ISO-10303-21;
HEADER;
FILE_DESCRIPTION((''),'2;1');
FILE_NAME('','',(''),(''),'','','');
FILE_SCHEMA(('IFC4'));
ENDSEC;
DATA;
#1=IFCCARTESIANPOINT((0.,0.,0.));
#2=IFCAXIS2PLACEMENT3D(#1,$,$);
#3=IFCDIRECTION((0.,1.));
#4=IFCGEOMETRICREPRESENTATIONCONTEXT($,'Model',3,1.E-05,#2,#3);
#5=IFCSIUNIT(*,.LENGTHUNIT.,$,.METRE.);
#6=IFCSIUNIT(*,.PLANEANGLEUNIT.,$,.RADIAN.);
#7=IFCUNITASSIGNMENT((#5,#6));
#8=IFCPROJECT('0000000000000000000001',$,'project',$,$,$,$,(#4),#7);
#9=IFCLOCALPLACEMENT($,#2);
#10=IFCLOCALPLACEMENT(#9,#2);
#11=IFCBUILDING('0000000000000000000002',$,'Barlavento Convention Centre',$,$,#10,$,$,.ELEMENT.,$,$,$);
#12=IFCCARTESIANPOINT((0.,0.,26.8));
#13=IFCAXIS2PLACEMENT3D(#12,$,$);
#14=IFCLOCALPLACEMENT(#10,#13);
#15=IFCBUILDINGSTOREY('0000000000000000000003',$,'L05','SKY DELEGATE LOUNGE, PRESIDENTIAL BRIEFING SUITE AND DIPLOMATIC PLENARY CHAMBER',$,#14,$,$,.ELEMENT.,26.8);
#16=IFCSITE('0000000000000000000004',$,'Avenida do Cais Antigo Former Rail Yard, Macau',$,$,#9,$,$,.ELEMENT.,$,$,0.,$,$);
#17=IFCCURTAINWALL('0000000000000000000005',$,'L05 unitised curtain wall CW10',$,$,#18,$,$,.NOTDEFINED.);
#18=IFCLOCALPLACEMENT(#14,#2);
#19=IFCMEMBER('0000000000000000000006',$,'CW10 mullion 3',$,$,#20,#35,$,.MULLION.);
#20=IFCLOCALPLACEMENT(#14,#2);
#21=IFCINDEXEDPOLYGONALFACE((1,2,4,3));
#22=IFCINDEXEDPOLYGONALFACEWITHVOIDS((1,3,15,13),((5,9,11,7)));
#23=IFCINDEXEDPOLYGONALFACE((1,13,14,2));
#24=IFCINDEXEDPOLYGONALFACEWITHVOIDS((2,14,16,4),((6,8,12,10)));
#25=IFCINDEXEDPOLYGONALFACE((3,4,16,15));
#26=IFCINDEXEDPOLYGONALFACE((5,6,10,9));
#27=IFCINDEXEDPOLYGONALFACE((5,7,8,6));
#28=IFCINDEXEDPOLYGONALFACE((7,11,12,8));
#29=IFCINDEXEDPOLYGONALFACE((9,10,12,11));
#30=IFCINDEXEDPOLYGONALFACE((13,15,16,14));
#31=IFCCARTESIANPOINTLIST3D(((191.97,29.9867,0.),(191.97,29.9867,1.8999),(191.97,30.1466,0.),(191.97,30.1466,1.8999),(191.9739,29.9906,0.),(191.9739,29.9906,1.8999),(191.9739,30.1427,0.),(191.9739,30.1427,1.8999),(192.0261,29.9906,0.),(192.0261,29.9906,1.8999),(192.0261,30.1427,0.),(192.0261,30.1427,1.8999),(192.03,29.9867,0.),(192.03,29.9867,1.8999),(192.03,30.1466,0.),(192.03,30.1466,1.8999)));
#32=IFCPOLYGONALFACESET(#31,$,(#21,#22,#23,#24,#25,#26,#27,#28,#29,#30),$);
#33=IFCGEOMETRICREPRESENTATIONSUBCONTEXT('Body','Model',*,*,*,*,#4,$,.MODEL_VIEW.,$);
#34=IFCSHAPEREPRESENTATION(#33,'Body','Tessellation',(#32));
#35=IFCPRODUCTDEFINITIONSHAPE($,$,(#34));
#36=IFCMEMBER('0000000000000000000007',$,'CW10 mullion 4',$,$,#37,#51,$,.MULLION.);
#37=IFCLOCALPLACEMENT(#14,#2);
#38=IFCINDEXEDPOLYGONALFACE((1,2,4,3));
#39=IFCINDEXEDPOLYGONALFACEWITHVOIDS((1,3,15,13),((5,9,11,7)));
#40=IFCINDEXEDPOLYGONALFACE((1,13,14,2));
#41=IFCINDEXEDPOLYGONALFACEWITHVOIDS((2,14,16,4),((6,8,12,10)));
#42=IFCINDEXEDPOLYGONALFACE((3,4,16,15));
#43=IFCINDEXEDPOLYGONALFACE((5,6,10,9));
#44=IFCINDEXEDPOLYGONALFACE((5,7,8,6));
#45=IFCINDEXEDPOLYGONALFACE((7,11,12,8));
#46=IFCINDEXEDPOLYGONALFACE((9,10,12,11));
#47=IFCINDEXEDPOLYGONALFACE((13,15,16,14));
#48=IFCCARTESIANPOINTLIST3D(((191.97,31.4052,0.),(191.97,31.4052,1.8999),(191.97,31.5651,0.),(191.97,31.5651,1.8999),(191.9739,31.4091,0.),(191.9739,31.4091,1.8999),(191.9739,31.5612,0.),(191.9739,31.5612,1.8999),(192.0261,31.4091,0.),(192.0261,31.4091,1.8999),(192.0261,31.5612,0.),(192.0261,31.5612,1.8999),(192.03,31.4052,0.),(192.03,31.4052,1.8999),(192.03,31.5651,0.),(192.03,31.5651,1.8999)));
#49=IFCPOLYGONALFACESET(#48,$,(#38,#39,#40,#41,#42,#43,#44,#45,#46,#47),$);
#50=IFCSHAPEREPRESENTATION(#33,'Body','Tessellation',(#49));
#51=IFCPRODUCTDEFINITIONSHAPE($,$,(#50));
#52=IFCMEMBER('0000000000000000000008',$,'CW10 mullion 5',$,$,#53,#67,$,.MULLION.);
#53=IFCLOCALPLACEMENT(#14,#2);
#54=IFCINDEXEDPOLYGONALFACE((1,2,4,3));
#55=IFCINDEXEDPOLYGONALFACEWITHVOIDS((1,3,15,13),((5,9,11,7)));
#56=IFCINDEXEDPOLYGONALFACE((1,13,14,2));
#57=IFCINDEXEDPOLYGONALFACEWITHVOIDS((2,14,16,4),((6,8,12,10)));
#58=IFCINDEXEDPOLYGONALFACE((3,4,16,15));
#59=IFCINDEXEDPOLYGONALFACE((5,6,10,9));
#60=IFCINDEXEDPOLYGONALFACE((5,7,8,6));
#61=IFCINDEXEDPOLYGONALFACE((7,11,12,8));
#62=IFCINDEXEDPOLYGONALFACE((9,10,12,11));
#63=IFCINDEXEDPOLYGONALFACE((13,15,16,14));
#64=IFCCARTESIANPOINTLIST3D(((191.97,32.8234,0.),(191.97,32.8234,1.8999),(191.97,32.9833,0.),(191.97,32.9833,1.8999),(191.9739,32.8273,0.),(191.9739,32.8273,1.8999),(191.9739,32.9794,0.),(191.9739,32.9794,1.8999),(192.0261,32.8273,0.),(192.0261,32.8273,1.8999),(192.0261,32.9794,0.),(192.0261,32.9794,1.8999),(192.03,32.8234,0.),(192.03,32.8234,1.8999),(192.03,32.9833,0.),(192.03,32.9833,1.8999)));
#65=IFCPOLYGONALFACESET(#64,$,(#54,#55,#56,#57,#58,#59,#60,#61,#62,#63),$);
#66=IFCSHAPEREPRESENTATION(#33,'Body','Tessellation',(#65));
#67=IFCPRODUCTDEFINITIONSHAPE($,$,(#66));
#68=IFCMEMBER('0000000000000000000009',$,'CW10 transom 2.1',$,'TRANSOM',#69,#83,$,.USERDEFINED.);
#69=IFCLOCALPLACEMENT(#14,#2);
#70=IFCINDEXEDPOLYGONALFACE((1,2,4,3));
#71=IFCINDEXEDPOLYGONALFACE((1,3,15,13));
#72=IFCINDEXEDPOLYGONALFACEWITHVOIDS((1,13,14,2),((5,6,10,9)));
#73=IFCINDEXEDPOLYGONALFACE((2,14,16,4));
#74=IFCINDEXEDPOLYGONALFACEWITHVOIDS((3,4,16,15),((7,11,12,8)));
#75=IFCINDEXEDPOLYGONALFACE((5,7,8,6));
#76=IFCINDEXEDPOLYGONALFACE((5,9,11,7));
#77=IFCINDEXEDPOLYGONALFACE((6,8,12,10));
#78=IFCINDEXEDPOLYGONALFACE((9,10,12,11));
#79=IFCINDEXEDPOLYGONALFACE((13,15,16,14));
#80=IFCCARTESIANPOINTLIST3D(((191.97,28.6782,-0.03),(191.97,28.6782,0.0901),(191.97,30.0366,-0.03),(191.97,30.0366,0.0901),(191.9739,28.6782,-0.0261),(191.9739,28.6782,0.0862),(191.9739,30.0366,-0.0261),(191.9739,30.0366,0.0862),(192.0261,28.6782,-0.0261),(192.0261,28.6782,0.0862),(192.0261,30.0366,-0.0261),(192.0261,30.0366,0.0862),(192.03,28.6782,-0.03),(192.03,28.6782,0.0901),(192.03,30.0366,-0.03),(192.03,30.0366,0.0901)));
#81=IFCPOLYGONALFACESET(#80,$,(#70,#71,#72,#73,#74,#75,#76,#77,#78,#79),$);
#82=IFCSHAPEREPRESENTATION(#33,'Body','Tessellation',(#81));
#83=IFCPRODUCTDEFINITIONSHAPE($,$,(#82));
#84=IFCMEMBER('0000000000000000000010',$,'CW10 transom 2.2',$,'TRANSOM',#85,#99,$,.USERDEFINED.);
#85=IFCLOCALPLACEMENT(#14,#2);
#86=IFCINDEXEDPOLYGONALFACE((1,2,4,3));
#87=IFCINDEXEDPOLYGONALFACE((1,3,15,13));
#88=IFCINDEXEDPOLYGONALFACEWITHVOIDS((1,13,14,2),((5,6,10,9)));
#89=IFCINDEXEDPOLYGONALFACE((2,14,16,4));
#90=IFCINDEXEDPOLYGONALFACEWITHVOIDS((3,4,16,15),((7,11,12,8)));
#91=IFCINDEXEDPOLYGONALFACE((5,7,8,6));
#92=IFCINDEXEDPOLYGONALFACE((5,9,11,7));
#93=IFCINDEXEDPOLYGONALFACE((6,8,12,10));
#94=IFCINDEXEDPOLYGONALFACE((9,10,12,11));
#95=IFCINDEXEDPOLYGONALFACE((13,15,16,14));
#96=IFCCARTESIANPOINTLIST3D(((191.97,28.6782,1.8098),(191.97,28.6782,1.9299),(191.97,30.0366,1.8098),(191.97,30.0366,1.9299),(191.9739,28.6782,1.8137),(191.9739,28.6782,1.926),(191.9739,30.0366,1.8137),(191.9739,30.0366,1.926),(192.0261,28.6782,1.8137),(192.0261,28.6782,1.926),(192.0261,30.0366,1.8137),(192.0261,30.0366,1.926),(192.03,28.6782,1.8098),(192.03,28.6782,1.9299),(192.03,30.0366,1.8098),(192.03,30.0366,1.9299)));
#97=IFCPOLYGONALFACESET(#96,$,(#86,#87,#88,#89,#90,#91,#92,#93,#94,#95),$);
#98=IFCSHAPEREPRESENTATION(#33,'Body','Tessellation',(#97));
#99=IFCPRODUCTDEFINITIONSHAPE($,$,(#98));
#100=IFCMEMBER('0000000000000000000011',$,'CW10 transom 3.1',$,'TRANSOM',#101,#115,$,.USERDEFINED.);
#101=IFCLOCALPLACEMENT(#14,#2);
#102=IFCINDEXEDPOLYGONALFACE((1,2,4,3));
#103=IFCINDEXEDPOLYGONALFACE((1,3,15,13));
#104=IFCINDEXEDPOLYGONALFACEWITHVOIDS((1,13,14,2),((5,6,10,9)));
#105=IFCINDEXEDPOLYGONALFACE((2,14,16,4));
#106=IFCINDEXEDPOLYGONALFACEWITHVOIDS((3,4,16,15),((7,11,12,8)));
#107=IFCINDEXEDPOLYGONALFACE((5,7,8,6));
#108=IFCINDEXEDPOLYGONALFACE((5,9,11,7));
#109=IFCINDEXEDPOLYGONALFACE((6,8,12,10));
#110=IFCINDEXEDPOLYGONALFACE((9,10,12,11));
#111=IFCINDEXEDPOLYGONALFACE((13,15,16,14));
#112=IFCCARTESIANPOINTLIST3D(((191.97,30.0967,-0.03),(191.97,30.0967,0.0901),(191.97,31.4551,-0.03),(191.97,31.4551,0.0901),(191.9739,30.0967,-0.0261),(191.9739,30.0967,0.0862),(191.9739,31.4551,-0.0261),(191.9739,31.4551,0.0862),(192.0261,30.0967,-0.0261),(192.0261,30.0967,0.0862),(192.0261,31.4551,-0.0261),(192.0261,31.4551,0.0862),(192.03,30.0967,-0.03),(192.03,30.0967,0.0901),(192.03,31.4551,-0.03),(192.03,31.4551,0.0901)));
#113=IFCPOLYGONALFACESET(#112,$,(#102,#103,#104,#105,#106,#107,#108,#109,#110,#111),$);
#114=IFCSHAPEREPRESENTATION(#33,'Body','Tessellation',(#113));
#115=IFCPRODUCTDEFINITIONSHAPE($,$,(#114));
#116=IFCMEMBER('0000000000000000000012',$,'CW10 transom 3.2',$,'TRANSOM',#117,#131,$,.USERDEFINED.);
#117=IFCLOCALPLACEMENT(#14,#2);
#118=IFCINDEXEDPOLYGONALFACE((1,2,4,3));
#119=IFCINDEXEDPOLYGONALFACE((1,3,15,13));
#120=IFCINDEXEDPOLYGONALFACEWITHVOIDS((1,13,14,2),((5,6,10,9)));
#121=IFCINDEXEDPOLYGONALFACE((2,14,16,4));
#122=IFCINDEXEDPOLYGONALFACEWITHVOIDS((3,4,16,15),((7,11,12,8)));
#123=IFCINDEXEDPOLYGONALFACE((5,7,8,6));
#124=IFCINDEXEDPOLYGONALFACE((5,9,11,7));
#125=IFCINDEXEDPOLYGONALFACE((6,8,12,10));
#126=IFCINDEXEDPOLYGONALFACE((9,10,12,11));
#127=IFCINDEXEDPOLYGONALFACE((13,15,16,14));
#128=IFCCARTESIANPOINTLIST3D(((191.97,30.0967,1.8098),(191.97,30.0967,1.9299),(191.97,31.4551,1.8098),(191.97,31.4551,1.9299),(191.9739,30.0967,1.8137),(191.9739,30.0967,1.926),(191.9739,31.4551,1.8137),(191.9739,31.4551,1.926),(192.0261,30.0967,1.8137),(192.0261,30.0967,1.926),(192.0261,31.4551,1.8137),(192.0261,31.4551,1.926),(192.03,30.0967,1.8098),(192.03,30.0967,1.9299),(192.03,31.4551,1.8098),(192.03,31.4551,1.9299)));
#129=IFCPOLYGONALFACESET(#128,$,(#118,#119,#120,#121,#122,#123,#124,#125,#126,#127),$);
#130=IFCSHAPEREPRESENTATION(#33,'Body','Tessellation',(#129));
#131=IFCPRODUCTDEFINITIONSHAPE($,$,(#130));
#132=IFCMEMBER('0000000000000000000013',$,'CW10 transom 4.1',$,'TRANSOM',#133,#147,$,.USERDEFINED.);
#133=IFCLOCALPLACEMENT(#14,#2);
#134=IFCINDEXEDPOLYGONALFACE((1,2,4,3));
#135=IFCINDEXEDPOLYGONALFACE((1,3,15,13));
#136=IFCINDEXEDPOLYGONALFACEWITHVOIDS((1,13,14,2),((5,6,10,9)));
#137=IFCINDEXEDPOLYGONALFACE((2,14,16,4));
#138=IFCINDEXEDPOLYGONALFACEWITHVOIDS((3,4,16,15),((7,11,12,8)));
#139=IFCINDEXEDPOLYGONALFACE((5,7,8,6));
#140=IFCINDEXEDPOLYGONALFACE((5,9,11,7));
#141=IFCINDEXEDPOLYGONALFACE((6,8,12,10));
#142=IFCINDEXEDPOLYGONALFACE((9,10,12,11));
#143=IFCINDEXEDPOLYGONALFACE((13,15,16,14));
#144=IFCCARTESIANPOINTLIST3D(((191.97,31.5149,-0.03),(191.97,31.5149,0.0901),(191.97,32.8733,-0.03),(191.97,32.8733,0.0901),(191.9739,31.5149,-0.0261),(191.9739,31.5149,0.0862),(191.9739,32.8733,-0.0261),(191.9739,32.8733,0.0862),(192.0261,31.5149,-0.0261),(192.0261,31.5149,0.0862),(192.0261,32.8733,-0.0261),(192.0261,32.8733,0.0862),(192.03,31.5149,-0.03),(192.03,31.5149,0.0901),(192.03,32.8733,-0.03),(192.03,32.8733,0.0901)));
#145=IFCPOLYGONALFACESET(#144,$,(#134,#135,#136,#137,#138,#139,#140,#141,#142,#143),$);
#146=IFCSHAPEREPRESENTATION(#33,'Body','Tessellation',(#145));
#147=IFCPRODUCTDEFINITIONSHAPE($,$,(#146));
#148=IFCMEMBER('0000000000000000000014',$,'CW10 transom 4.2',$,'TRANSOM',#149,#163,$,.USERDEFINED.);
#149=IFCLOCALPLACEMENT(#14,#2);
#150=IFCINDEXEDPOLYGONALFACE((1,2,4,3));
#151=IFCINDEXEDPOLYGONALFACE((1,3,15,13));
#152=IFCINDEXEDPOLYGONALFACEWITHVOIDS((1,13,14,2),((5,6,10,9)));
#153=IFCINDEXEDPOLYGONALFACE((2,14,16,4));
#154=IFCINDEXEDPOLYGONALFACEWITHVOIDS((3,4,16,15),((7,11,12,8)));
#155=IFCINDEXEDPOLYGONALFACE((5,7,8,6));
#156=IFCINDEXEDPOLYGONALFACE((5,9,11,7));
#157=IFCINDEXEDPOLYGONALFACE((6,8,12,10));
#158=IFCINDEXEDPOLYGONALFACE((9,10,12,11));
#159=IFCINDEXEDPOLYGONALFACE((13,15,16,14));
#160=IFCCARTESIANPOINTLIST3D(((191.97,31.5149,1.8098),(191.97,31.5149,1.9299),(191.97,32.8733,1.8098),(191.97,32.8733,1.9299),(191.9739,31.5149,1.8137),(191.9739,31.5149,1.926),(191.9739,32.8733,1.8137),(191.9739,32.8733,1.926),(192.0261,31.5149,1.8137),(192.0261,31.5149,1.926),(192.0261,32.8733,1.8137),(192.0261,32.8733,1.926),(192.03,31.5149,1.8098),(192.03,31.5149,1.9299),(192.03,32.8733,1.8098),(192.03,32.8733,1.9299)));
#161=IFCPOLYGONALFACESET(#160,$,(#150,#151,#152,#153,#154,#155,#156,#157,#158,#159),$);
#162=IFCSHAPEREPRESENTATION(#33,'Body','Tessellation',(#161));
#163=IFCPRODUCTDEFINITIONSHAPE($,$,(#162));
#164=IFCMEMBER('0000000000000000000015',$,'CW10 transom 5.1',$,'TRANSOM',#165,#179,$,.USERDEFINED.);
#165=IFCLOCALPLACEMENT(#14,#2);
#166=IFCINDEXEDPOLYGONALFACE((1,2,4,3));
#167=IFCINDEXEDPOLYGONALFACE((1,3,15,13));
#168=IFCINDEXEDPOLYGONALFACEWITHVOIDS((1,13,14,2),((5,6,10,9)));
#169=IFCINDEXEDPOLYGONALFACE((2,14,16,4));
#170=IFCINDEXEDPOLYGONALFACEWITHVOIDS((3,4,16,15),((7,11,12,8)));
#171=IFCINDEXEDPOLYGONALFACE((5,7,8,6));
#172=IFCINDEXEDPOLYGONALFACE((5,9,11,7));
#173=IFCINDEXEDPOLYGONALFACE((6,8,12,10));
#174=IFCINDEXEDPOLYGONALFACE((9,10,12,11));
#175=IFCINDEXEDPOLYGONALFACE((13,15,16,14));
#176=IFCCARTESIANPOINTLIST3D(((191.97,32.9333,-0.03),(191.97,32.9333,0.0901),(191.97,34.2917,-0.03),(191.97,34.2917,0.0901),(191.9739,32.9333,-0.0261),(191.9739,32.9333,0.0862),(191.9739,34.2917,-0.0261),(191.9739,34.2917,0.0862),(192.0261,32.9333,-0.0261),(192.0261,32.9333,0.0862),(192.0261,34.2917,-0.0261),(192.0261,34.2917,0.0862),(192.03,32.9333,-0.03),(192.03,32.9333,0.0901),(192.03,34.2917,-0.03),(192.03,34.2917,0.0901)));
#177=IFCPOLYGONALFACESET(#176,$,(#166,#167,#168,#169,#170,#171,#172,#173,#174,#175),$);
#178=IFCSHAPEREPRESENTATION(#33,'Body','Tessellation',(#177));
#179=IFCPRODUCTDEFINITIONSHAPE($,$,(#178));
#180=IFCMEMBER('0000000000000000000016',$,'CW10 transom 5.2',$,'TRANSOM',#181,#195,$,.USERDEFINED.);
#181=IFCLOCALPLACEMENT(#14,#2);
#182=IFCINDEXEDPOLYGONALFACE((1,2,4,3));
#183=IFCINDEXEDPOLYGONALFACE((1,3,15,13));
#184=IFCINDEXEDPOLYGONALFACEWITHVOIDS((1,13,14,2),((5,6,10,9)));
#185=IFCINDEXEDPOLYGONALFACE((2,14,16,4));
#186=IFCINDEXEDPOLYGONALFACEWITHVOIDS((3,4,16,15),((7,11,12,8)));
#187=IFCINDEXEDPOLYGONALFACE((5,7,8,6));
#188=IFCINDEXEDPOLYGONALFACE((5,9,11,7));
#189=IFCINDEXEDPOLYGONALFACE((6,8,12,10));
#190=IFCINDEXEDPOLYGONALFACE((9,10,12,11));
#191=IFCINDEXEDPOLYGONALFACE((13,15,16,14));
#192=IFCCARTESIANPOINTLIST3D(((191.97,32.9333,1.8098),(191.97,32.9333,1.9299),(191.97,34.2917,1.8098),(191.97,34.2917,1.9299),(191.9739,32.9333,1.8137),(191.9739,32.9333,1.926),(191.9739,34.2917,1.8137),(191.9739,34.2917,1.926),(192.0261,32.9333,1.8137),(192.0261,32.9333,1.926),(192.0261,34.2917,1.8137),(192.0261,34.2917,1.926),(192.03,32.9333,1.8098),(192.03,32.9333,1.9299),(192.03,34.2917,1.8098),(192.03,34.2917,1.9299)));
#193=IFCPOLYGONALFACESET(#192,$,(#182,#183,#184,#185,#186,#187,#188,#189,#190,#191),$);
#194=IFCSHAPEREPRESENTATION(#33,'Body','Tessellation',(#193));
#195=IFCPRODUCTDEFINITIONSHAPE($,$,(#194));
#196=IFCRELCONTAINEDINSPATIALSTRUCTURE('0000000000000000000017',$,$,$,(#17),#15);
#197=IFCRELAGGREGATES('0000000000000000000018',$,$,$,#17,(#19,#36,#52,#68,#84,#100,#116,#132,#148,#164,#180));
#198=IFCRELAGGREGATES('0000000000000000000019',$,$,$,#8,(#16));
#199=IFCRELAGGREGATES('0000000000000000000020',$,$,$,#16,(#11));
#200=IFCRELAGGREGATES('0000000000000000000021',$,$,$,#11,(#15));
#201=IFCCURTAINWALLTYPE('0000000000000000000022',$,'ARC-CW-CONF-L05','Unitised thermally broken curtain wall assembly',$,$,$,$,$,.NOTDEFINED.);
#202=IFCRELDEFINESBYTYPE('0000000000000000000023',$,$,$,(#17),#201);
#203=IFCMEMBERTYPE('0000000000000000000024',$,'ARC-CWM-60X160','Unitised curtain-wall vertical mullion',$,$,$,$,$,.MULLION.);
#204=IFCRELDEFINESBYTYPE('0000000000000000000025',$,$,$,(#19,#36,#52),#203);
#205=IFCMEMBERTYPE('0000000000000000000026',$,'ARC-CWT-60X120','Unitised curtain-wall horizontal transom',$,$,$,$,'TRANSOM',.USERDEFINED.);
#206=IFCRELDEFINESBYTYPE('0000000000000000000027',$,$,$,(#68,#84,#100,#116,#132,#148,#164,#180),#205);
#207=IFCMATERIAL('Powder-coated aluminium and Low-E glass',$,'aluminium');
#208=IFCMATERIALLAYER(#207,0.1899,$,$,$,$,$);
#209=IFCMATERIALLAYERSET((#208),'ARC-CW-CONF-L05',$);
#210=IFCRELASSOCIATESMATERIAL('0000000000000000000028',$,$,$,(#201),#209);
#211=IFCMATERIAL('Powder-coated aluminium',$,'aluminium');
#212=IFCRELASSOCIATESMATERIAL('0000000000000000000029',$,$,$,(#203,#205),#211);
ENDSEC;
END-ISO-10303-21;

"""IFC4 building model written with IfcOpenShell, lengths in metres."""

from ifc_helpers import new_model, si_unit, direction, frame, origin, origin_2d, place, context, subcontext, project, spatial, hollow_rectangle, extrude, material, layer, layer_set, material_profile, profile_set, type_object, element, aggregate, save


model = new_model("IFC4")

# Units and contexts
model_context = context("Model", 3, precision=1e-05, world=origin(), true_north=direction((0.0, 1.0)))
body_context = subcontext(model_context, "Body", "Model", "MODEL_VIEW")
ifc_project = project(units=[si_unit("LENGTHUNIT", "METRE"), si_unit("PLANEANGLEUNIT", "RADIAN")], contexts=[model_context])

# Site, building, storey
site_placement = place(None, origin())
site = spatial("IfcSite", under=ifc_project, at=site_placement, Name="Avenida do Cais Antigo Former Rail Yard, Macau", CompositionType="ELEMENT", RefElevation=0.0)
building_placement = place(site_placement, origin())
building = spatial("IfcBuilding", under=site, at=building_placement, Name="Barlavento Convention Centre", CompositionType="ELEMENT")
storey_placement = place(building_placement, frame((0.0, 0.0, 26.8)))
storey = spatial("IfcBuildingStorey", under=building, at=storey_placement, Name="L05", Description="SKY DELEGATE LOUNGE, PRESIDENTIAL BRIEFING SUITE AND DIPLOMATIC PLENARY CHAMBER", CompositionType="ELEMENT", Elevation=26.8)

# Curtain wall, members
ifc_material_1 = material(Name="Powder-coated aluminium and Low-E glass", Category="aluminium")
ifc_layer_1 = layer(ifc_material_1, 0.1899)
ifc_layer_set_1 = layer_set([ifc_layer_1], Name="ARC-CW-CONF-L05")
curtain_wall_type = type_object("IfcCurtainWallType", Name="ARC-CW-CONF-L05", Description="Unitised thermally broken curtain wall assembly", PredefinedType="NOTDEFINED", material=ifc_layer_set_1)
curtain_wall_placement = place(storey_placement, origin())
curtain_wall = element("IfcCurtainWall", 1, at=curtain_wall_placement, inside=storey, type_object=curtain_wall_type, Name="L05 unitised curtain wall CW10", PredefinedType="NOTDEFINED")
ifc_material_2 = material(Name="Powder-coated aluminium", Category="aluminium")
ifc_material_profile_1 = material_profile(ifc_material_2, hollow_rectangle(XDim=0.0601, YDim=0.1599, WallThickness=0.0039, at=origin_2d()), Name="AL-MULL 60x160x4")
ifc_profile_set_1 = profile_set([ifc_material_profile_1], Name="Powder-coated aluminium")
member_type_1 = type_object("IfcMemberType", Name="ARC-CWM-60X160", Description="Unitised curtain-wall vertical mullion", PredefinedType="MULLION", material=ifc_profile_set_1)
member_1_placement = place(storey_placement, frame((192.0, 30.0667, 0.0), z_axis=(0.0, 0.0, 1.0), x_axis=(-1.0, 0.0, 0.0)))
member_1 = element("IfcMember", 2, at=member_1_placement, type_object=member_type_1, Name="CW10 mullion 3", PredefinedType="MULLION", context=body_context, shape_type="SweptSolid", body=[
    extrude(hollow_rectangle(XDim=0.0601, YDim=0.1599, WallThickness=0.0039, at=origin_2d()), origin(), (0.0, 0.0, 1.0), 1.8999),
])
member_2_placement = place(storey_placement, frame((192.0, 31.4851, 0.0), z_axis=(0.0, 0.0, 1.0), x_axis=(-1.0, 0.0, 0.0)))
member_2 = element("IfcMember", 3, at=member_2_placement, type_object=member_type_1, Name="CW10 mullion 4", PredefinedType="MULLION", context=body_context, shape_type="SweptSolid", body=[
    extrude(hollow_rectangle(XDim=0.0601, YDim=0.1599, WallThickness=0.0039, at=origin_2d()), origin(), (0.0, 0.0, 1.0), 1.8999),
])
member_3_placement = place(storey_placement, frame((192.0, 32.9033, 0.0), z_axis=(0.0, 0.0, 1.0), x_axis=(-1.0, 0.0, 0.0)))
member_3 = element("IfcMember", 4, at=member_3_placement, type_object=member_type_1, Name="CW10 mullion 5", PredefinedType="MULLION", context=body_context, shape_type="SweptSolid", body=[
    extrude(hollow_rectangle(XDim=0.0601, YDim=0.1599, WallThickness=0.0039, at=origin_2d()), origin(), (0.0, 0.0, 1.0), 1.8999),
])
ifc_material_profile_2 = material_profile(ifc_material_2, hollow_rectangle(XDim=0.0601, YDim=0.1201, WallThickness=0.0039, at=origin_2d()), Name="AL-TRAN 60x120x4")
ifc_profile_set_2 = profile_set([ifc_material_profile_2], Name="Powder-coated aluminium")
member_type_2 = type_object("IfcMemberType", Name="ARC-CWT-60X120", Description="Unitised curtain-wall horizontal transom", ElementType="TRANSOM", PredefinedType="USERDEFINED", material=ifc_profile_set_2)
member_4_placement = place(storey_placement, frame((192.0, 28.6782, 0.03), z_axis=(0.0, 1.0, 0.0), x_axis=(-1.0, 0.0, 0.0)))
member_4 = element("IfcMember", 5, at=member_4_placement, type_object=member_type_2, Name="CW10 transom 2.1", ObjectType="TRANSOM", PredefinedType="USERDEFINED", context=body_context, shape_type="SweptSolid", body=[
    extrude(hollow_rectangle(XDim=0.0601, YDim=0.1201, WallThickness=0.0039, at=origin_2d()), origin(), (0.0, 0.0, 1.0), 1.3584),
])
member_5_placement = place(storey_placement, frame((192.0, 28.6782, 1.8699), z_axis=(0.0, 1.0, 0.0), x_axis=(-1.0, 0.0, 0.0)))
member_5 = element("IfcMember", 6, at=member_5_placement, type_object=member_type_2, Name="CW10 transom 2.2", ObjectType="TRANSOM", PredefinedType="USERDEFINED", context=body_context, shape_type="SweptSolid", body=[
    extrude(hollow_rectangle(XDim=0.0601, YDim=0.1201, WallThickness=0.0039, at=origin_2d()), origin(), (0.0, 0.0, 1.0), 1.3584),
])
member_6_placement = place(storey_placement, frame((192.0, 30.0967, 0.03), z_axis=(0.0, 1.0, 0.0), x_axis=(-1.0, 0.0, 0.0)))
member_6 = element("IfcMember", 7, at=member_6_placement, type_object=member_type_2, Name="CW10 transom 3.1", ObjectType="TRANSOM", PredefinedType="USERDEFINED", context=body_context, shape_type="SweptSolid", body=[
    extrude(hollow_rectangle(XDim=0.0601, YDim=0.1201, WallThickness=0.0039, at=origin_2d()), origin(), (0.0, 0.0, 1.0), 1.3584),
])
member_7_placement = place(storey_placement, frame((192.0, 30.0967, 1.8699), z_axis=(0.0, 1.0, 0.0), x_axis=(-1.0, 0.0, 0.0)))
member_7 = element("IfcMember", 8, at=member_7_placement, type_object=member_type_2, Name="CW10 transom 3.2", ObjectType="TRANSOM", PredefinedType="USERDEFINED", context=body_context, shape_type="SweptSolid", body=[
    extrude(hollow_rectangle(XDim=0.0601, YDim=0.1201, WallThickness=0.0039, at=origin_2d()), origin(), (0.0, 0.0, 1.0), 1.3584),
])
member_8_placement = place(storey_placement, frame((192.0, 31.5149, 0.03), z_axis=(0.0, 1.0, 0.0), x_axis=(-1.0, 0.0, 0.0)))
member_8 = element("IfcMember", 9, at=member_8_placement, type_object=member_type_2, Name="CW10 transom 4.1", ObjectType="TRANSOM", PredefinedType="USERDEFINED", context=body_context, shape_type="SweptSolid", body=[
    extrude(hollow_rectangle(XDim=0.0601, YDim=0.1201, WallThickness=0.0039, at=origin_2d()), origin(), (0.0, 0.0, 1.0), 1.3584),
])
member_9_placement = place(storey_placement, frame((192.0, 31.5149, 1.8699), z_axis=(0.0, 1.0, 0.0), x_axis=(-1.0, 0.0, 0.0)))
member_9 = element("IfcMember", 10, at=member_9_placement, type_object=member_type_2, Name="CW10 transom 4.2", ObjectType="TRANSOM", PredefinedType="USERDEFINED", context=body_context, shape_type="SweptSolid", body=[
    extrude(hollow_rectangle(XDim=0.0601, YDim=0.1201, WallThickness=0.0039, at=origin_2d()), origin(), (0.0, 0.0, 1.0), 1.3584),
])
member_10_placement = place(storey_placement, frame((192.0, 32.9333, 0.03), z_axis=(0.0, 1.0, 0.0), x_axis=(-1.0, 0.0, 0.0)))
member_10 = element("IfcMember", 11, at=member_10_placement, type_object=member_type_2, Name="CW10 transom 5.1", ObjectType="TRANSOM", PredefinedType="USERDEFINED", context=body_context, shape_type="SweptSolid", body=[
    extrude(hollow_rectangle(XDim=0.0601, YDim=0.1201, WallThickness=0.0039, at=origin_2d()), origin(), (0.0, 0.0, 1.0), 1.3584),
])
member_11_placement = place(storey_placement, frame((192.0, 32.9333, 1.8699), z_axis=(0.0, 1.0, 0.0), x_axis=(-1.0, 0.0, 0.0)))
member_11 = element("IfcMember", 12, at=member_11_placement, type_object=member_type_2, Name="CW10 transom 5.2", ObjectType="TRANSOM", PredefinedType="USERDEFINED", context=body_context, shape_type="SweptSolid", body=[
    extrude(hollow_rectangle(XDim=0.0601, YDim=0.1201, WallThickness=0.0039, at=origin_2d()), origin(), (0.0, 0.0, 1.0), 1.3584),
])
aggregate(curtain_wall, [member_1, member_2, member_3, member_4, member_5, member_6, member_7, member_8, member_9, member_10, member_11])

save(model, "model.ifc")
